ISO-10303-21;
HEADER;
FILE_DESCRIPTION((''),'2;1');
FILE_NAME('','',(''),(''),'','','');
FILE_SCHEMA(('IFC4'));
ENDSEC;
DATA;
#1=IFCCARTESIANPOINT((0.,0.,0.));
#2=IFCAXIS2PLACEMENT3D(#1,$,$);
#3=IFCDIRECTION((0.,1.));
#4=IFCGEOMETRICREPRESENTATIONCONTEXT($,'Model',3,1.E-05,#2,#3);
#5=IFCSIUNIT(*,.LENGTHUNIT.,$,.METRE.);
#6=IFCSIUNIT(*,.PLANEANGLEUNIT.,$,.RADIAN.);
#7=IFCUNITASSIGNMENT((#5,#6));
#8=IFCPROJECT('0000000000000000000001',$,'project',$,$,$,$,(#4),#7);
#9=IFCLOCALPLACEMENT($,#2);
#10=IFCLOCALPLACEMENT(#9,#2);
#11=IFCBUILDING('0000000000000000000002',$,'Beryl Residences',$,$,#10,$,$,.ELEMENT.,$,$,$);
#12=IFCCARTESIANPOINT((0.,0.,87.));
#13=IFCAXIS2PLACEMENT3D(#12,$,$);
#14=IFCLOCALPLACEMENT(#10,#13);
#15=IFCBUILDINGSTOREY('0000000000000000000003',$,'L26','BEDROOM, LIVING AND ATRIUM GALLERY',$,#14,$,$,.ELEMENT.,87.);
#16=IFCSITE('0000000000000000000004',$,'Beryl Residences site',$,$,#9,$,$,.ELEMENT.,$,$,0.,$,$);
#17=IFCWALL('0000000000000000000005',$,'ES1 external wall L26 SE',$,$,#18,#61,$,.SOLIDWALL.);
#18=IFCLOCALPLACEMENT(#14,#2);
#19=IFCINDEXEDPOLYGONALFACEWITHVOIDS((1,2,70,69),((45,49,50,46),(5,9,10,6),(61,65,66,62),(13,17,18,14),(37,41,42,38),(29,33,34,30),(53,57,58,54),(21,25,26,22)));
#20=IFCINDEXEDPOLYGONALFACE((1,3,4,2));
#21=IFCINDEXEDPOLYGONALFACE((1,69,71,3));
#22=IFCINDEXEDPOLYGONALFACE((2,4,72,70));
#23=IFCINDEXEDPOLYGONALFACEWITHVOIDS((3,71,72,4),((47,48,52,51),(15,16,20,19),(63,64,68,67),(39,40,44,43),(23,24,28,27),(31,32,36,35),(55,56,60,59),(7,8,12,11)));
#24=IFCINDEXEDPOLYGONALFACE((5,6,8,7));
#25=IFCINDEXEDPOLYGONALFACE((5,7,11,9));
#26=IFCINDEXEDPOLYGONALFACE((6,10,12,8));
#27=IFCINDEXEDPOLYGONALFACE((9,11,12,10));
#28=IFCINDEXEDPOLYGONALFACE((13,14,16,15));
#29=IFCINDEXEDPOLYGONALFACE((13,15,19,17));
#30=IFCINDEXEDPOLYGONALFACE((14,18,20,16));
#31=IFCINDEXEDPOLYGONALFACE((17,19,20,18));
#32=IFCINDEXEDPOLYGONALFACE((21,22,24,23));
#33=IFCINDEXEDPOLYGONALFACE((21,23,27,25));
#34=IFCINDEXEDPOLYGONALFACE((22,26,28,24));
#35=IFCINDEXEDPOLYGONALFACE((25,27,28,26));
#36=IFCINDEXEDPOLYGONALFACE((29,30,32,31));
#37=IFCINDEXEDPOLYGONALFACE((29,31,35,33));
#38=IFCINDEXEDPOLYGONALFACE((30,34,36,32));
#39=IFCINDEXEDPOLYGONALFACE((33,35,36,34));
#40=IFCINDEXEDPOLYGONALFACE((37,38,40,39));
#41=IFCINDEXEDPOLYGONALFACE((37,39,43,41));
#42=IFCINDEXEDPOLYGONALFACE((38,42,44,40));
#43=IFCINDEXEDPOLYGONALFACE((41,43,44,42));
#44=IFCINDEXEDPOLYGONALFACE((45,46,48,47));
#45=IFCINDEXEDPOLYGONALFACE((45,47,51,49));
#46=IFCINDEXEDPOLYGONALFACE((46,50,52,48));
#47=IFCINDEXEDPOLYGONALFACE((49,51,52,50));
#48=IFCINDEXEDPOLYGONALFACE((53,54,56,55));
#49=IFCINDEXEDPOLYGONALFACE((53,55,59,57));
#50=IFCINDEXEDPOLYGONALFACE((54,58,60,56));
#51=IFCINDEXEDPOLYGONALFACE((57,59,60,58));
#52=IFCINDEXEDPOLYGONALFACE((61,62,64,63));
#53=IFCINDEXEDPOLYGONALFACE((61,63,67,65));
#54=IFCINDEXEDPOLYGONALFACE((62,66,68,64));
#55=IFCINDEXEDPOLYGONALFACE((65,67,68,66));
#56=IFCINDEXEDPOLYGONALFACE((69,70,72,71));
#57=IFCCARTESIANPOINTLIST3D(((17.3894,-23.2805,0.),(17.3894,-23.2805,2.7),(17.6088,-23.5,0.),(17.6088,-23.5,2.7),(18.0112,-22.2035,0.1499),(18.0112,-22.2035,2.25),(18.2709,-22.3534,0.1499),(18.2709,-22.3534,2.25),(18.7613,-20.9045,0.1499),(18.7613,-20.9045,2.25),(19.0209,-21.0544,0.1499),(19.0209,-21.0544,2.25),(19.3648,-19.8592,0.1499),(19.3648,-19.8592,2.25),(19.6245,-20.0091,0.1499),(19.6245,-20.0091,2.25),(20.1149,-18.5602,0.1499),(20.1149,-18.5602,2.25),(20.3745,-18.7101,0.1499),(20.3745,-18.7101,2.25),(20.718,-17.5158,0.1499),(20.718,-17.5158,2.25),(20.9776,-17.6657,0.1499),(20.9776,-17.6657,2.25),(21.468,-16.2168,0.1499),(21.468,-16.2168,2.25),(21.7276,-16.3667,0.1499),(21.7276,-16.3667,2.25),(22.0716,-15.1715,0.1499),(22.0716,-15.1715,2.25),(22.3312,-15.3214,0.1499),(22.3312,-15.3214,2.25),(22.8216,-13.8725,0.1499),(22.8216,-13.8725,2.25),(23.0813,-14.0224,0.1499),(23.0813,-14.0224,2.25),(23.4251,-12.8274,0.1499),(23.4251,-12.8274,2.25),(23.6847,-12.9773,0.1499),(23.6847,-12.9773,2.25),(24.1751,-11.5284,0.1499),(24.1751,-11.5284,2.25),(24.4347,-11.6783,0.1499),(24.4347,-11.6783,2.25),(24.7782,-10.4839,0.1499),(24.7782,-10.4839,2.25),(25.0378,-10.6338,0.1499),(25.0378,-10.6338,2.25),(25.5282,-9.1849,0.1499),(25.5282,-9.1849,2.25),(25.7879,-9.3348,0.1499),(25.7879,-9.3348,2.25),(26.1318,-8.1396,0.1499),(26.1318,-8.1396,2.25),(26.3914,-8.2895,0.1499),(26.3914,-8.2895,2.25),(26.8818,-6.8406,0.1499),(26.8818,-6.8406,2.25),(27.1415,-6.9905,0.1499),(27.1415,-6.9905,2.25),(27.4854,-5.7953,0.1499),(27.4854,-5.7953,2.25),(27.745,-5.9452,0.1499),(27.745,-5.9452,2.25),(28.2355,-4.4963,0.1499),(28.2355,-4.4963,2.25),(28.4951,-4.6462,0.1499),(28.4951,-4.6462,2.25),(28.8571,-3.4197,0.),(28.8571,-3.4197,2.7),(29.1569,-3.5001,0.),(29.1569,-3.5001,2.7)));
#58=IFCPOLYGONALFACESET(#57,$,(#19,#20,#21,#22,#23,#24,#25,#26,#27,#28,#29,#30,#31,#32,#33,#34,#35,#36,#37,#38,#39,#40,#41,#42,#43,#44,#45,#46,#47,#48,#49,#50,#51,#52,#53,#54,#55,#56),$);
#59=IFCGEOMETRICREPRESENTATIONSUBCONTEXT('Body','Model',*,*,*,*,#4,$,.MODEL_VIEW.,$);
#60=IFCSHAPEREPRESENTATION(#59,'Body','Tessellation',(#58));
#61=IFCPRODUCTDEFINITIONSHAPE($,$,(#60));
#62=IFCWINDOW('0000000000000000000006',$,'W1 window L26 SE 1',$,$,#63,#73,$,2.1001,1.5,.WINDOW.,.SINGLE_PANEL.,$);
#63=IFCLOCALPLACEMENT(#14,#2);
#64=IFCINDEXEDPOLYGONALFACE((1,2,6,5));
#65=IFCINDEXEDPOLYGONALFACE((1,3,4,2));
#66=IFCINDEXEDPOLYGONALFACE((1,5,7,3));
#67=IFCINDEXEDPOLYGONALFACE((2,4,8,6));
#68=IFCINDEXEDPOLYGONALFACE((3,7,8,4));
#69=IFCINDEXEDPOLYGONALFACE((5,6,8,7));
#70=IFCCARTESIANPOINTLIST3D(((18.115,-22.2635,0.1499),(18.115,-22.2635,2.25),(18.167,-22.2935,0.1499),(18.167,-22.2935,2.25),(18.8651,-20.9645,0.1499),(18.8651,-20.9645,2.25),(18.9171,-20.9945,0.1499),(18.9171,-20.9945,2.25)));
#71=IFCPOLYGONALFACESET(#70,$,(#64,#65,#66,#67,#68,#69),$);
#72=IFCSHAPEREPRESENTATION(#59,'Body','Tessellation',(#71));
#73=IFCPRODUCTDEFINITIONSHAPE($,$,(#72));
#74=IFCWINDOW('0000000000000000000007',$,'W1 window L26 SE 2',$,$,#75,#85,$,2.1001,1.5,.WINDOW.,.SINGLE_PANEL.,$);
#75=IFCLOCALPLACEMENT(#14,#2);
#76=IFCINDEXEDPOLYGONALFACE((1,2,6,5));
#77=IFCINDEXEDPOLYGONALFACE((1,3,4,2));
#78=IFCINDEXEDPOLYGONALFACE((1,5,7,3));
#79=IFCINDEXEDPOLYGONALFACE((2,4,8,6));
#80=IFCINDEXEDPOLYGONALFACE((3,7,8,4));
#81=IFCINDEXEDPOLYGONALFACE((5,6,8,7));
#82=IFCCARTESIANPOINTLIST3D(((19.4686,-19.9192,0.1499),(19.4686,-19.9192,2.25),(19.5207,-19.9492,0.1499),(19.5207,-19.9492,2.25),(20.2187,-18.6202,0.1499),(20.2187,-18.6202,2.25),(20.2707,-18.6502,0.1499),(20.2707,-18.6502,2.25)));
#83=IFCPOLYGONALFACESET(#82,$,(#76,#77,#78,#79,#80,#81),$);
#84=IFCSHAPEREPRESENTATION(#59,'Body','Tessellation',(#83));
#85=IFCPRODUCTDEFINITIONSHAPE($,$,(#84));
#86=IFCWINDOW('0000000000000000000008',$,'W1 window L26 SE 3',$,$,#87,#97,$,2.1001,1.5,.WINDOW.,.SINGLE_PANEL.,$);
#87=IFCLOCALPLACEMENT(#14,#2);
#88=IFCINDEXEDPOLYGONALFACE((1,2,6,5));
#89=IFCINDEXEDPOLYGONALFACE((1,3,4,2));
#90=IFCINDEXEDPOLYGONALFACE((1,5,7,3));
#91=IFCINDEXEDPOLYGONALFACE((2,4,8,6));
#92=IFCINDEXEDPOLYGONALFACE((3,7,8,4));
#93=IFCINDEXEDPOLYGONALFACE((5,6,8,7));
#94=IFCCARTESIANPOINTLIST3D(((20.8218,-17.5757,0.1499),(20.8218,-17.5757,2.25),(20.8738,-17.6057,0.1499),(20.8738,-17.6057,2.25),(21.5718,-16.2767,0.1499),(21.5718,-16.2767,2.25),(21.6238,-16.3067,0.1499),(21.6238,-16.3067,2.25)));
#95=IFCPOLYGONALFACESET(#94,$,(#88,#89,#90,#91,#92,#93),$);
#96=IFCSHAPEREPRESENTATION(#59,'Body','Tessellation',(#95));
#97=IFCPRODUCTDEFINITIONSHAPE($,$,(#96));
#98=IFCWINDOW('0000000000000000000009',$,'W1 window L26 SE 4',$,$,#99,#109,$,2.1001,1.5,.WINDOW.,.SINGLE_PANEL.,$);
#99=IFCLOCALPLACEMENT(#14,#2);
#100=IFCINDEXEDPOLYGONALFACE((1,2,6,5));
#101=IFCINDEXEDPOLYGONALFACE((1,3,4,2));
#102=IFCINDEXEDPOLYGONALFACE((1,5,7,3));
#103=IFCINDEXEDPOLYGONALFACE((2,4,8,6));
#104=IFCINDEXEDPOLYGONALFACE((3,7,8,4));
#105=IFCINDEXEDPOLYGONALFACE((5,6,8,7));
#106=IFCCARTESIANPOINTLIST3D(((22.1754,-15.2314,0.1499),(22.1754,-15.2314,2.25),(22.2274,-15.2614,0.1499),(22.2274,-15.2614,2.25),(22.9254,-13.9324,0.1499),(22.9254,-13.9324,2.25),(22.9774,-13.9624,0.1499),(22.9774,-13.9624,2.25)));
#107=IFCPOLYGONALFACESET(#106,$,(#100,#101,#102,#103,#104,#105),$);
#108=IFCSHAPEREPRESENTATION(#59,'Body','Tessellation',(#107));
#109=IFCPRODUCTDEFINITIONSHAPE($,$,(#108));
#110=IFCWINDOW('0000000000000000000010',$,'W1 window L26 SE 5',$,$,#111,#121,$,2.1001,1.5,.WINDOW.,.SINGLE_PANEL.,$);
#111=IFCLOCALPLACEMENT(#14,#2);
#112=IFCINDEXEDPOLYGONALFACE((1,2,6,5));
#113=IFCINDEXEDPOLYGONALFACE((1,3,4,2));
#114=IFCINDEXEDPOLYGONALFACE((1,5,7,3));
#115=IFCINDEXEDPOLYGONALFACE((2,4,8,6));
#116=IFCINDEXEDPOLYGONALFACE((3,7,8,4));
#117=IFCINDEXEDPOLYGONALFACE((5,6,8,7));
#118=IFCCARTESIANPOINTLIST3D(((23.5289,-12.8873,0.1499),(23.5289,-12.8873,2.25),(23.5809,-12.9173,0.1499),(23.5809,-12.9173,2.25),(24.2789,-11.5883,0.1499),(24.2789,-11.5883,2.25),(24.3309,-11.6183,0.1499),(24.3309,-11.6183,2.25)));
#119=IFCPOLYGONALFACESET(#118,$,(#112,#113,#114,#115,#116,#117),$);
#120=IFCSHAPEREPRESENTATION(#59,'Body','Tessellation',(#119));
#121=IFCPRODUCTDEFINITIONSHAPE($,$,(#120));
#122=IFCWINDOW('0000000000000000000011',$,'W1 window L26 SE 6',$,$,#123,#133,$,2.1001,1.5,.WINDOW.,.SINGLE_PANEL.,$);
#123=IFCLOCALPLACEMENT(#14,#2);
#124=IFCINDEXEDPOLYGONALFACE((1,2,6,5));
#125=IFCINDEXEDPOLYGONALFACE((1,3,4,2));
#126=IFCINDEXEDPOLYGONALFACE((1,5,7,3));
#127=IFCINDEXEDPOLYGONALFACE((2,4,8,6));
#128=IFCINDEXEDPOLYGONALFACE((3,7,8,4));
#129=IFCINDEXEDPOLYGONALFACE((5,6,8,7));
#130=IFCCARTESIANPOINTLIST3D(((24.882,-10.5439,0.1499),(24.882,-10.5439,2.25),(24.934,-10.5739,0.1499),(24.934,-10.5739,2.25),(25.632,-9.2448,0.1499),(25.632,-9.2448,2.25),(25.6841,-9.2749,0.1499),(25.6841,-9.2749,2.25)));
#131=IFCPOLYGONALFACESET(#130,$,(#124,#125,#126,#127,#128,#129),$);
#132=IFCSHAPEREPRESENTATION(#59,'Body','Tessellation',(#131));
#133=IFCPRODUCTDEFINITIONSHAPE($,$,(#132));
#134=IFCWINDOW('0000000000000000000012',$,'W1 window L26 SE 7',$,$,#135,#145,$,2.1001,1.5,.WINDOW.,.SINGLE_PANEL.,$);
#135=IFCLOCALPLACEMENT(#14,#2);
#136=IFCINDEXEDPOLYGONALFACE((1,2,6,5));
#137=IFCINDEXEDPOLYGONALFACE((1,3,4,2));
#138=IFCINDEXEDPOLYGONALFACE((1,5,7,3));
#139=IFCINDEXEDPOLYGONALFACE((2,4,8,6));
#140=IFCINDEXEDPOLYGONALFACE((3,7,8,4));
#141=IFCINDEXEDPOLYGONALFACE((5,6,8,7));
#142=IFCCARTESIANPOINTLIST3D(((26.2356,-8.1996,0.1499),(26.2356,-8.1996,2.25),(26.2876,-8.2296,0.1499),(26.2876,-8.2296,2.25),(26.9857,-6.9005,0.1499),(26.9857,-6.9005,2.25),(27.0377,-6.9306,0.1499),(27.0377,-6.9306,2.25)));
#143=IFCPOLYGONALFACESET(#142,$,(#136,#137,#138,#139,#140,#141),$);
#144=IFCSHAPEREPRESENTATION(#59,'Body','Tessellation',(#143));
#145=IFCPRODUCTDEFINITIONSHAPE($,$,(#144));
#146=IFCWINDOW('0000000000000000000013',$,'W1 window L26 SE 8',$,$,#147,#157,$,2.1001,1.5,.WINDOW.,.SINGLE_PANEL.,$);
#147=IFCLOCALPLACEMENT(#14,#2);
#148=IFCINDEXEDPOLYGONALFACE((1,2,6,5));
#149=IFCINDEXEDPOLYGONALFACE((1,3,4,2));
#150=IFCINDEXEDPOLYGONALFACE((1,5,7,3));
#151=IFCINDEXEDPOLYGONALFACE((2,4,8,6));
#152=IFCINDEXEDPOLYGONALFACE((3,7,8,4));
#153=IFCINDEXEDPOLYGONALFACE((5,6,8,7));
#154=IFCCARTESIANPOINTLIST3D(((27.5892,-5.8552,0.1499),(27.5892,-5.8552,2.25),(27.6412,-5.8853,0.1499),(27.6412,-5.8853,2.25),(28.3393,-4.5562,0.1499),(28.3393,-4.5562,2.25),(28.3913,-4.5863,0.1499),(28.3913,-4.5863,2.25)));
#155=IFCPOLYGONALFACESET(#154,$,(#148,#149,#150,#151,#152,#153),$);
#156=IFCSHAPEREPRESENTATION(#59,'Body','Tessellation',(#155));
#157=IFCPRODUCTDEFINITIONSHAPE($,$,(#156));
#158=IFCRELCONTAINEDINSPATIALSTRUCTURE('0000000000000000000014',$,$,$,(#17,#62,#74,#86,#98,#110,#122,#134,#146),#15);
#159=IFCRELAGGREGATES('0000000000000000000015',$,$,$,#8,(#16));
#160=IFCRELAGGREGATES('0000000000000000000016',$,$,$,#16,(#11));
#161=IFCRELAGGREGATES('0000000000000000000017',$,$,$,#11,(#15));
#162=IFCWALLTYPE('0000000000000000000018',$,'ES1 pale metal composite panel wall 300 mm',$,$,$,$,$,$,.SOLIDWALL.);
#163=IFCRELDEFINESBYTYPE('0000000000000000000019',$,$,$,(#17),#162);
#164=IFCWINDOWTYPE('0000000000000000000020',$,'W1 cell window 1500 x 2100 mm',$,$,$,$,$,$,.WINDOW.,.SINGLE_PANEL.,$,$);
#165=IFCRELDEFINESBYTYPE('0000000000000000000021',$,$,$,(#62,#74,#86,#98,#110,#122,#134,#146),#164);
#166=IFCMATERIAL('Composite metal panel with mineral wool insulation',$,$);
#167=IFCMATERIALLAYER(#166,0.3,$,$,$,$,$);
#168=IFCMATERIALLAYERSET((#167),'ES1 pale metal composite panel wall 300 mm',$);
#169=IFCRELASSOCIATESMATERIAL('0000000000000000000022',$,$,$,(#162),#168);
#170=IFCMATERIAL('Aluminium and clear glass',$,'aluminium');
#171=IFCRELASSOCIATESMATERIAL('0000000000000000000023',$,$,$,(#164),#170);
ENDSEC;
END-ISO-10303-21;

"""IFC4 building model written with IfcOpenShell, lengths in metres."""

from ifc_helpers import new_model, si_unit, direction, frame, frame_2d, origin, place, context, subcontext, project, spatial, polyline, rectangle, outline, extrude, material, layer, layer_set, type_object, element, fill, save


model = new_model("IFC4")

# Units and contexts
model_context = context("Model", 3, precision=1e-05, world=origin(), true_north=direction((0.0, 1.0)))
body_context = subcontext(model_context, "Body", "Model", "MODEL_VIEW")
ifc_project = project(units=[si_unit("LENGTHUNIT", "METRE"), si_unit("PLANEANGLEUNIT", "RADIAN")], contexts=[model_context])

# Site, building, storey
site_placement = place(None, origin())
site = spatial("IfcSite", under=ifc_project, at=site_placement, Name="Beryl Residences site", CompositionType="ELEMENT", RefElevation=0.0)
building_placement = place(site_placement, origin())
building = spatial("IfcBuilding", under=site, at=building_placement, Name="Beryl Residences", CompositionType="ELEMENT")
storey_placement = place(building_placement, frame((0.0, 0.0, 87.0)))
storey = spatial("IfcBuildingStorey", under=building, at=storey_placement, Name="L26", Description="BEDROOM, LIVING AND ATRIUM GALLERY", CompositionType="ELEMENT", Elevation=87.0)

# Wall, openings, windows
ifc_material_1 = material(Name="Composite metal panel with mineral wool insulation")
ifc_layer_1 = layer(ifc_material_1, 0.3)
ifc_layer_set_1 = layer_set([ifc_layer_1], Name="ES1 pale metal composite panel wall 300 mm")
wall_type_1 = type_object("IfcWallType", Name="ES1 pale metal composite panel wall 300 mm", PredefinedType="SOLIDWALL", material=ifc_layer_set_1)
wall_1_placement = place(storey_placement, frame((17.479, -23.425, 0.0), z_axis=(0.0, 0.0, 1.0), x_axis=(0.500035, 0.866005, 0.0)))
wall_1 = element("IfcWall", 1, at=wall_1_placement, inside=storey, type_object=wall_type_1, Name="ES1 external wall L26 SE", PredefinedType="SOLIDWALL", context=body_context, shape_type="SweptSolid", body=[
    extrude(outline(polyline([(0.0, -0.1499), (23.0945, -0.1499), (23.0142, 0.1499), (0.0803, 0.1499), (0.0, -0.1499)])), origin(), (0.0, 0.0, 1.0), 2.7),
])
opening_1_placement = place(wall_1_placement, frame((1.324, 0.0, 0.1499)))
opening_1 = element("IfcOpeningElement", 2, at=opening_1_placement, cuts=wall_1, PredefinedType="OPENING", context=body_context, shape_type="SweptSolid", body=[
    extrude(rectangle(XDim=1.5, YDim=2.1001, at=frame_2d((0.75, 1.05))), frame((0.0, 0.1599, 0.0), z_axis=(0.0, -1.0, 0.0), x_axis=(1.0, 0.0, 0.0)), (0.0, 0.0, 1.0), 0.3201),
])
opening_2_placement = place(wall_1_placement, frame((4.031, 0.0, 0.1499)))
opening_2 = element("IfcOpeningElement", 3, at=opening_2_placement, cuts=wall_1, PredefinedType="OPENING", context=body_context, shape_type="SweptSolid", body=[
    extrude(rectangle(XDim=1.5, YDim=2.1001, at=frame_2d((0.75, 1.05))), frame((0.0, 0.1599, 0.0), z_axis=(0.0, -1.0, 0.0), x_axis=(1.0, 0.0, 0.0)), (0.0, 0.0, 1.0), 0.3201),
])
opening_3_placement = place(wall_1_placement, frame((6.7371, 0.0, 0.1499)))
opening_3 = element("IfcOpeningElement", 4, at=opening_3_placement, cuts=wall_1, PredefinedType="OPENING", context=body_context, shape_type="SweptSolid", body=[
    extrude(rectangle(XDim=1.5, YDim=2.1001, at=frame_2d((0.75, 1.05))), frame((0.0, 0.1599, 0.0), z_axis=(0.0, -1.0, 0.0), x_axis=(1.0, 0.0, 0.0)), (0.0, 0.0, 1.0), 0.3201),
])
opening_4_placement = place(wall_1_placement, frame((9.4441, 0.0, 0.1499)))
opening_4 = element("IfcOpeningElement", 5, at=opening_4_placement, cuts=wall_1, PredefinedType="OPENING", context=body_context, shape_type="SweptSolid", body=[
    extrude(rectangle(XDim=1.5, YDim=2.1001, at=frame_2d((0.75, 1.05))), frame((0.0, 0.1599, 0.0), z_axis=(0.0, -1.0, 0.0), x_axis=(1.0, 0.0, 0.0)), (0.0, 0.0, 1.0), 0.3201),
])
opening_5_placement = place(wall_1_placement, frame((12.1509, 0.0, 0.1499)))
opening_5 = element("IfcOpeningElement", 6, at=opening_5_placement, cuts=wall_1, PredefinedType="OPENING", context=body_context, shape_type="SweptSolid", body=[
    extrude(rectangle(XDim=1.5, YDim=2.1001, at=frame_2d((0.75, 1.05))), frame((0.0, 0.1599, 0.0), z_axis=(0.0, -1.0, 0.0), x_axis=(1.0, 0.0, 0.0)), (0.0, 0.0, 1.0), 0.3201),
])
opening_6_placement = place(wall_1_placement, frame((14.8569, 0.0, 0.1499)))
opening_6 = element("IfcOpeningElement", 7, at=opening_6_placement, cuts=wall_1, PredefinedType="OPENING", context=body_context, shape_type="SweptSolid", body=[
    extrude(rectangle(XDim=1.5, YDim=2.1001, at=frame_2d((0.75, 1.05))), frame((0.0, 0.1599, 0.0), z_axis=(0.0, -1.0, 0.0), x_axis=(1.0, 0.0, 0.0)), (0.0, 0.0, 1.0), 0.3201),
])
opening_7_placement = place(wall_1_placement, frame((17.564, 0.0, 0.1499)))
opening_7 = element("IfcOpeningElement", 8, at=opening_7_placement, cuts=wall_1, PredefinedType="OPENING", context=body_context, shape_type="SweptSolid", body=[
    extrude(rectangle(XDim=1.5, YDim=2.1001, at=frame_2d((0.75, 1.05))), frame((0.0, 0.1599, 0.0), z_axis=(0.0, -1.0, 0.0), x_axis=(1.0, 0.0, 0.0)), (0.0, 0.0, 1.0), 0.3201),
])
opening_8_placement = place(wall_1_placement, frame((20.271, 0.0, 0.1499)))
opening_8 = element("IfcOpeningElement", 9, at=opening_8_placement, cuts=wall_1, PredefinedType="OPENING", context=body_context, shape_type="SweptSolid", body=[
    extrude(rectangle(XDim=1.5, YDim=2.1001, at=frame_2d((0.75, 1.05))), frame((0.0, 0.1599, 0.0), z_axis=(0.0, -1.0, 0.0), x_axis=(1.0, 0.0, 0.0)), (0.0, 0.0, 1.0), 0.3201),
])
ifc_material_2 = material(Name="Aluminium and clear glass", Category="aluminium")
window_type_1 = type_object("IfcWindowType", Name="W1 cell window 1500 x 2100 mm", PartitioningType="SINGLE_PANEL", PredefinedType="WINDOW", material=ifc_material_2)
window_1_placement = place(opening_1_placement, origin())
window_1 = element("IfcWindow", 10, at=window_1_placement, inside=storey, type_object=window_type_1, Name="W1 window L26 SE 1", OverallHeight=2.1001, OverallWidth=1.5, PartitioningType="SINGLE_PANEL", PredefinedType="WINDOW", context=body_context, shape_type="SweptSolid", body=[
    extrude(rectangle(XDim=1.5, YDim=2.1001, at=frame_2d((0.75, 1.05))), frame((0.0, 0.03, 0.0), z_axis=(0.0, -1.0, 0.0), x_axis=(1.0, 0.0, 0.0)), (0.0, 0.0, 1.0), 0.0601),
])
fill(opening_1, window_1)
window_2_placement = place(opening_2_placement, origin())
window_2 = element("IfcWindow", 11, at=window_2_placement, inside=storey, type_object=window_type_1, Name="W1 window L26 SE 2", OverallHeight=2.1001, OverallWidth=1.5, PartitioningType="SINGLE_PANEL", PredefinedType="WINDOW", context=body_context, shape_type="SweptSolid", body=[
    extrude(rectangle(XDim=1.5, YDim=2.1001, at=frame_2d((0.75, 1.05))), frame((0.0, 0.03, 0.0), z_axis=(0.0, -1.0, 0.0), x_axis=(1.0, 0.0, 0.0)), (0.0, 0.0, 1.0), 0.0601),
])
fill(opening_2, window_2)
window_3_placement = place(opening_3_placement, origin())
window_3 = element("IfcWindow", 12, at=window_3_placement, inside=storey, type_object=window_type_1, Name="W1 window L26 SE 3", OverallHeight=2.1001, OverallWidth=1.5, PartitioningType="SINGLE_PANEL", PredefinedType="WINDOW", context=body_context, shape_type="SweptSolid", body=[
    extrude(rectangle(XDim=1.5, YDim=2.1001, at=frame_2d((0.75, 1.05))), frame((0.0, 0.03, 0.0), z_axis=(0.0, -1.0, 0.0), x_axis=(1.0, 0.0, 0.0)), (0.0, 0.0, 1.0), 0.0601),
])
fill(opening_3, window_3)
window_4_placement = place(opening_4_placement, origin())
window_4 = element("IfcWindow", 13, at=window_4_placement, inside=storey, type_object=window_type_1, Name="W1 window L26 SE 4", OverallHeight=2.1001, OverallWidth=1.5, PartitioningType="SINGLE_PANEL", PredefinedType="WINDOW", context=body_context, shape_type="SweptSolid", body=[
    extrude(rectangle(XDim=1.5, YDim=2.1001, at=frame_2d((0.75, 1.05))), frame((0.0, 0.03, 0.0), z_axis=(0.0, -1.0, 0.0), x_axis=(1.0, 0.0, 0.0)), (0.0, 0.0, 1.0), 0.0601),
])
fill(opening_4, window_4)
window_5_placement = place(opening_5_placement, origin())
window_5 = element("IfcWindow", 14, at=window_5_placement, inside=storey, type_object=window_type_1, Name="W1 window L26 SE 5", OverallHeight=2.1001, OverallWidth=1.5, PartitioningType="SINGLE_PANEL", PredefinedType="WINDOW", context=body_context, shape_type="SweptSolid", body=[
    extrude(rectangle(XDim=1.5, YDim=2.1001, at=frame_2d((0.75, 1.05))), frame((0.0, 0.03, 0.0), z_axis=(0.0, -1.0, 0.0), x_axis=(1.0, 0.0, 0.0)), (0.0, 0.0, 1.0), 0.0601),
])
fill(opening_5, window_5)
window_6_placement = place(opening_6_placement, origin())
window_6 = element("IfcWindow", 15, at=window_6_placement, inside=storey, type_object=window_type_1, Name="W1 window L26 SE 6", OverallHeight=2.1001, OverallWidth=1.5, PartitioningType="SINGLE_PANEL", PredefinedType="WINDOW", context=body_context, shape_type="SweptSolid", body=[
    extrude(rectangle(XDim=1.5, YDim=2.1001, at=frame_2d((0.75, 1.05))), frame((0.0, 0.03, 0.0), z_axis=(0.0, -1.0, 0.0), x_axis=(1.0, 0.0, 0.0)), (0.0, 0.0, 1.0), 0.0601),
])
fill(opening_6, window_6)
window_7_placement = place(opening_7_placement, origin())
window_7 = element("IfcWindow", 16, at=window_7_placement, inside=storey, type_object=window_type_1, Name="W1 window L26 SE 7", OverallHeight=2.1001, OverallWidth=1.5, PartitioningType="SINGLE_PANEL", PredefinedType="WINDOW", context=body_context, shape_type="SweptSolid", body=[
    extrude(rectangle(XDim=1.5, YDim=2.1001, at=frame_2d((0.75, 1.05))), frame((0.0, 0.03, 0.0), z_axis=(0.0, -1.0, 0.0), x_axis=(1.0, 0.0, 0.0)), (0.0, 0.0, 1.0), 0.0601),
])
fill(opening_7, window_7)
window_8_placement = place(opening_8_placement, origin())
window_8 = element("IfcWindow", 17, at=window_8_placement, inside=storey, type_object=window_type_1, Name="W1 window L26 SE 8", OverallHeight=2.1001, OverallWidth=1.5, PartitioningType="SINGLE_PANEL", PredefinedType="WINDOW", context=body_context, shape_type="SweptSolid", body=[
    extrude(rectangle(XDim=1.5, YDim=2.1001, at=frame_2d((0.75, 1.05))), frame((0.0, 0.03, 0.0), z_axis=(0.0, -1.0, 0.0), x_axis=(1.0, 0.0, 0.0)), (0.0, 0.0, 1.0), 0.0601),
])
fill(opening_8, window_8)

save(model, "model.ifc")
